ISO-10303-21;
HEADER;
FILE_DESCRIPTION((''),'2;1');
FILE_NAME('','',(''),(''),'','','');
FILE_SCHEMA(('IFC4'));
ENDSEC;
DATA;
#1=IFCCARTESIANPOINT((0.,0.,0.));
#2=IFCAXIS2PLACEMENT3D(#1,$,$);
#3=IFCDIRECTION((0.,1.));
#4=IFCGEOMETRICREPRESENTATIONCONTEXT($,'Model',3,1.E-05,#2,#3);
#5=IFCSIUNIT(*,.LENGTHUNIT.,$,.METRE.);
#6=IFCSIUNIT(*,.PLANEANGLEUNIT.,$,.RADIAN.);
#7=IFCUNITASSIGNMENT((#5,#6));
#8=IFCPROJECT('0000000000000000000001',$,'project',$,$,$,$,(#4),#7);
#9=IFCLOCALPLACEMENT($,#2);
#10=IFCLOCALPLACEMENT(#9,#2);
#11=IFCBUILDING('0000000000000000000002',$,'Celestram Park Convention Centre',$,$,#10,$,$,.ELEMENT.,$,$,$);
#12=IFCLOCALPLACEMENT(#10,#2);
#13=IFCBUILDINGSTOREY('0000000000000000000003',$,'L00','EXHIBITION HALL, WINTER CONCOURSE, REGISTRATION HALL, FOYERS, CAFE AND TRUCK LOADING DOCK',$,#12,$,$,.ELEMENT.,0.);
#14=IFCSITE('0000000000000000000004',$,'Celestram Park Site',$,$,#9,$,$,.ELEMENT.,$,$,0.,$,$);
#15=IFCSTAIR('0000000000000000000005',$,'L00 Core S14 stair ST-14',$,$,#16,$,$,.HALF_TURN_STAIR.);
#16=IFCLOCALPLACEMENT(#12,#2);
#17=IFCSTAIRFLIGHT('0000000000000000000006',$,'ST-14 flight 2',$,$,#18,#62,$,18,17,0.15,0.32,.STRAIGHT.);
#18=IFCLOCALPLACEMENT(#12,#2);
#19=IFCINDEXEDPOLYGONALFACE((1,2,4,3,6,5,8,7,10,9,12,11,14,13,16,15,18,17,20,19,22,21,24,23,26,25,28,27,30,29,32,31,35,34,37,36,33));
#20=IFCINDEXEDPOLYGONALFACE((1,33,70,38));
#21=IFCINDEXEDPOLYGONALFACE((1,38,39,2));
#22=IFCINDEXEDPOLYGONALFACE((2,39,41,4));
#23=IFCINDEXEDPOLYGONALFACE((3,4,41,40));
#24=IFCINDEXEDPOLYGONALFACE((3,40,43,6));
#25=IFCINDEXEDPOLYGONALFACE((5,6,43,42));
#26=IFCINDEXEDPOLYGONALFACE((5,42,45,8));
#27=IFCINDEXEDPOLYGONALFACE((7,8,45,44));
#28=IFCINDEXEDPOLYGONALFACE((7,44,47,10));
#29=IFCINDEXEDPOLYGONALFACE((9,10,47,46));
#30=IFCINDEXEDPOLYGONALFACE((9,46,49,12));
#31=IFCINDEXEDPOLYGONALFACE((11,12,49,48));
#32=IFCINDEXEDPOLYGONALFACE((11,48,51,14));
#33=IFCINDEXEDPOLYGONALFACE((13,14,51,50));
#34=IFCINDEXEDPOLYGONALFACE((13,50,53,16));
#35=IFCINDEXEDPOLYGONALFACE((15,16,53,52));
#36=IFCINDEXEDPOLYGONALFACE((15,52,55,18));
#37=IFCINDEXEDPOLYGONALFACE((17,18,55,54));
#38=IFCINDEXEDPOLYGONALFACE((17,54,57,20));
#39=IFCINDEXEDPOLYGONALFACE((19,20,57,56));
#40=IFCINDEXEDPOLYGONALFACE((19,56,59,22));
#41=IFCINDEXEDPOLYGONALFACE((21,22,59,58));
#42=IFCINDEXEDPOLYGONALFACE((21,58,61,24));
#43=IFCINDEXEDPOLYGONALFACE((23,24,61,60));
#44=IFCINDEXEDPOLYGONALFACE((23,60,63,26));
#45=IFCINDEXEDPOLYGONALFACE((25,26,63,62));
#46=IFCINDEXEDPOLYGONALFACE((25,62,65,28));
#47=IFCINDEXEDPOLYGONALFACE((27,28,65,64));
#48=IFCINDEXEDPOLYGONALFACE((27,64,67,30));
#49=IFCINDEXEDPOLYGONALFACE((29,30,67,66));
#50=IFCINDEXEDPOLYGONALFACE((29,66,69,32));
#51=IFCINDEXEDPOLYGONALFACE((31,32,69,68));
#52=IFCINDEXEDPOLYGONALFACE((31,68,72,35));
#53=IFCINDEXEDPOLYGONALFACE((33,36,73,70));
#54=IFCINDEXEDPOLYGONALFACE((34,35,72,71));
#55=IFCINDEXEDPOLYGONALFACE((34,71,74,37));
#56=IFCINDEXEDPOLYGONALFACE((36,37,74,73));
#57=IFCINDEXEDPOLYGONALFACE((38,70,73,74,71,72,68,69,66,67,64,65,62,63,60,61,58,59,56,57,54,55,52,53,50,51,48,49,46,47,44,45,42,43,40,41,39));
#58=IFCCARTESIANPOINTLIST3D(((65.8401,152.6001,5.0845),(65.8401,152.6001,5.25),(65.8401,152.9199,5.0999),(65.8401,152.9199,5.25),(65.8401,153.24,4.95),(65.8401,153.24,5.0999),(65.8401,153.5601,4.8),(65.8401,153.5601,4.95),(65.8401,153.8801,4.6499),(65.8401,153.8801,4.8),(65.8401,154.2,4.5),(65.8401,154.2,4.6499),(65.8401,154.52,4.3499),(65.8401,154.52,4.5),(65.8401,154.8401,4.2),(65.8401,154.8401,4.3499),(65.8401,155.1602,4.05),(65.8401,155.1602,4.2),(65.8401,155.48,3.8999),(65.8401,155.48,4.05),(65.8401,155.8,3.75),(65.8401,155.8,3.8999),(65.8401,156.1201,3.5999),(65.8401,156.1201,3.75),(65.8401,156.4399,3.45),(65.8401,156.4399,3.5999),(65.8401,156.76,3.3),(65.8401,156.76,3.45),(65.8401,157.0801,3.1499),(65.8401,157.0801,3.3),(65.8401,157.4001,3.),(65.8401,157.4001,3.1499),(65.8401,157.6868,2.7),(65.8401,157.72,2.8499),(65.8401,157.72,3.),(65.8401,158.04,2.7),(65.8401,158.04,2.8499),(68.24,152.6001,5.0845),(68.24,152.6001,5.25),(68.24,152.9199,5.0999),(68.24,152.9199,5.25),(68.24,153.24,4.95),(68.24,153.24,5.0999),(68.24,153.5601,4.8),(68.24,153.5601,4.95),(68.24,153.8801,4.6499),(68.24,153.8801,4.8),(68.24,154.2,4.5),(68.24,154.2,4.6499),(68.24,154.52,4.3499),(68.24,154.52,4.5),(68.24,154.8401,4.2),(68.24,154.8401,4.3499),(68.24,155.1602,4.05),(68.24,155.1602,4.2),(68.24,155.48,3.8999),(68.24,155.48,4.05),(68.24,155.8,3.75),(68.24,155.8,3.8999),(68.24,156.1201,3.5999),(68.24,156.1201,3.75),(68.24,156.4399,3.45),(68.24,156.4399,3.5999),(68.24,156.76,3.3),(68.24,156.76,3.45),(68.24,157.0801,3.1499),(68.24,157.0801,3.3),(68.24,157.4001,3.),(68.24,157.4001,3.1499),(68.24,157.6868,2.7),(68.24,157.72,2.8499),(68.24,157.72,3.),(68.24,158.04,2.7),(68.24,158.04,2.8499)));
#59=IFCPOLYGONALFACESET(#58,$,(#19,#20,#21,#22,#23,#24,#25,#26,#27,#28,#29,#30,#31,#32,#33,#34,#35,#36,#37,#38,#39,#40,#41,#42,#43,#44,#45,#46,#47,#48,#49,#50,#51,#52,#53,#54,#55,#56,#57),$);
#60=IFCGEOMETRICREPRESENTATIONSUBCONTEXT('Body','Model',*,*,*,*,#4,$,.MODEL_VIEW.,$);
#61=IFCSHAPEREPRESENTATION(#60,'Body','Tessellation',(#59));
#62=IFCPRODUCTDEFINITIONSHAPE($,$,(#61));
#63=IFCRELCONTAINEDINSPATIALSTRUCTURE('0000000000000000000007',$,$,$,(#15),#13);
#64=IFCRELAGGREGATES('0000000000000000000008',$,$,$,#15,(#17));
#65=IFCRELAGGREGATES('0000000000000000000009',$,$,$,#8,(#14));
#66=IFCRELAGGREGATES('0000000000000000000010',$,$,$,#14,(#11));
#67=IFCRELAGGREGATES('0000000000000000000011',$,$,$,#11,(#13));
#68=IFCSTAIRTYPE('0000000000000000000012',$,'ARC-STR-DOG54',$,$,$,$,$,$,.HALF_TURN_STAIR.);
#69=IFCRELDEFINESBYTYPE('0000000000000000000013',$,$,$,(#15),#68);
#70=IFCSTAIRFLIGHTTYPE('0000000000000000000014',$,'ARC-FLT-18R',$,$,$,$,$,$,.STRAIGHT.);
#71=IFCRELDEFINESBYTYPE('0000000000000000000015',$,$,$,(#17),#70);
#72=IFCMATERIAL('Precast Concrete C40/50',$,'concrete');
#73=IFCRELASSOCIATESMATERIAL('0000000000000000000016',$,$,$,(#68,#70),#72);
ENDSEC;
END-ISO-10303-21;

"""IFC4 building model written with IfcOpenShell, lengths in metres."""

from ifc_helpers import new_model, si_unit, direction, frame, origin, place, context, subcontext, project, spatial, polyline, outline, extrude, material, type_object, element, aggregate, save


model = new_model("IFC4")

# Units and contexts
model_context = context("Model", 3, precision=1e-05, world=origin(), true_north=direction((0.0, 1.0)))
body_context = subcontext(model_context, "Body", "Model", "MODEL_VIEW")
ifc_project = project(units=[si_unit("LENGTHUNIT", "METRE"), si_unit("PLANEANGLEUNIT", "RADIAN")], contexts=[model_context])

# Site, building, storey
site_placement = place(None, origin())
site = spatial("IfcSite", under=ifc_project, at=site_placement, Name="Celestram Park Site", CompositionType="ELEMENT", RefElevation=0.0)
building_placement = place(site_placement, origin())
building = spatial("IfcBuilding", under=site, at=building_placement, Name="Celestram Park Convention Centre", CompositionType="ELEMENT")
storey_placement = place(building_placement, origin())
storey = spatial("IfcBuildingStorey", under=building, at=storey_placement, Name="L00", Description="EXHIBITION HALL, WINTER CONCOURSE, REGISTRATION HALL, FOYERS, CAFE AND TRUCK LOADING DOCK", CompositionType="ELEMENT", Elevation=0.0)

# Shared definitions
ifc_material_1 = material(Name="Precast Concrete C40/50", Category="concrete")

# Stair, stair flight
stair_type = type_object("IfcStairType", Name="ARC-STR-DOG54", PredefinedType="HALF_TURN_STAIR", material=ifc_material_1)
stair_placement = place(storey_placement, origin())
stair = element("IfcStair", 1, at=stair_placement, inside=storey, type_object=stair_type, Name="L00 Core S14 stair ST-14", PredefinedType="HALF_TURN_STAIR")
stair_flight_type = type_object("IfcStairFlightType", Name="ARC-FLT-18R", PredefinedType="STRAIGHT", material=ifc_material_1)
stair_flight_1_placement = place(storey_placement, frame((67.04, 158.04, 2.7), z_axis=(0.0, 0.0, 1.0), x_axis=(0.0, -1.0, 0.0)))
stair_flight_1 = element("IfcStairFlight", 2, at=stair_flight_1_placement, type_object=stair_flight_type, Name="ST-14 flight 2", NumberOfRisers=18, NumberOfTreads=17, PredefinedType="STRAIGHT", RiserHeight=0.15, TreadLength=0.32, context=body_context, shape_type="SweptSolid", body=[
    extrude(outline(polyline([(0.0, 0.0), (0.0, 0.1499), (0.3201, 0.1499), (0.3201, 0.3), (0.6399, 0.3), (0.6399, 0.45), (0.96, 0.45), (0.96, 0.6001), (1.28, 0.6001), (1.28, 0.75), (1.6001, 0.75), (1.6001, 0.8999), (1.9199, 0.8999), (1.9199, 1.05), (2.24, 1.05), (2.24, 1.2), (2.5601, 1.2), (2.5601, 1.3501), (2.8799, 1.3501), (2.8799, 1.5), (3.2, 1.5), (3.2, 1.6499), (3.52, 1.6499), (3.52, 1.8), (3.8401, 1.8), (3.8401, 1.95), (4.1599, 1.95), (4.1599, 2.1001), (4.48, 2.1001), (4.48, 2.25), (4.8, 2.25), (4.8, 2.3999), (5.1201, 2.3999), (5.1201, 2.55), (5.4399, 2.55), (5.4399, 2.7), (5.4399, 2.3845), (0.3533, 0.0), (0.0, 0.0)])), frame((0.0, 1.2, 0.0), z_axis=(0.0, -1.0, 0.0), x_axis=(1.0, 0.0, 0.0)), (0.0, 0.0, 1.0), 2.3999),
])
aggregate(stair, [stair_flight_1])

save(model, "model.ifc")
